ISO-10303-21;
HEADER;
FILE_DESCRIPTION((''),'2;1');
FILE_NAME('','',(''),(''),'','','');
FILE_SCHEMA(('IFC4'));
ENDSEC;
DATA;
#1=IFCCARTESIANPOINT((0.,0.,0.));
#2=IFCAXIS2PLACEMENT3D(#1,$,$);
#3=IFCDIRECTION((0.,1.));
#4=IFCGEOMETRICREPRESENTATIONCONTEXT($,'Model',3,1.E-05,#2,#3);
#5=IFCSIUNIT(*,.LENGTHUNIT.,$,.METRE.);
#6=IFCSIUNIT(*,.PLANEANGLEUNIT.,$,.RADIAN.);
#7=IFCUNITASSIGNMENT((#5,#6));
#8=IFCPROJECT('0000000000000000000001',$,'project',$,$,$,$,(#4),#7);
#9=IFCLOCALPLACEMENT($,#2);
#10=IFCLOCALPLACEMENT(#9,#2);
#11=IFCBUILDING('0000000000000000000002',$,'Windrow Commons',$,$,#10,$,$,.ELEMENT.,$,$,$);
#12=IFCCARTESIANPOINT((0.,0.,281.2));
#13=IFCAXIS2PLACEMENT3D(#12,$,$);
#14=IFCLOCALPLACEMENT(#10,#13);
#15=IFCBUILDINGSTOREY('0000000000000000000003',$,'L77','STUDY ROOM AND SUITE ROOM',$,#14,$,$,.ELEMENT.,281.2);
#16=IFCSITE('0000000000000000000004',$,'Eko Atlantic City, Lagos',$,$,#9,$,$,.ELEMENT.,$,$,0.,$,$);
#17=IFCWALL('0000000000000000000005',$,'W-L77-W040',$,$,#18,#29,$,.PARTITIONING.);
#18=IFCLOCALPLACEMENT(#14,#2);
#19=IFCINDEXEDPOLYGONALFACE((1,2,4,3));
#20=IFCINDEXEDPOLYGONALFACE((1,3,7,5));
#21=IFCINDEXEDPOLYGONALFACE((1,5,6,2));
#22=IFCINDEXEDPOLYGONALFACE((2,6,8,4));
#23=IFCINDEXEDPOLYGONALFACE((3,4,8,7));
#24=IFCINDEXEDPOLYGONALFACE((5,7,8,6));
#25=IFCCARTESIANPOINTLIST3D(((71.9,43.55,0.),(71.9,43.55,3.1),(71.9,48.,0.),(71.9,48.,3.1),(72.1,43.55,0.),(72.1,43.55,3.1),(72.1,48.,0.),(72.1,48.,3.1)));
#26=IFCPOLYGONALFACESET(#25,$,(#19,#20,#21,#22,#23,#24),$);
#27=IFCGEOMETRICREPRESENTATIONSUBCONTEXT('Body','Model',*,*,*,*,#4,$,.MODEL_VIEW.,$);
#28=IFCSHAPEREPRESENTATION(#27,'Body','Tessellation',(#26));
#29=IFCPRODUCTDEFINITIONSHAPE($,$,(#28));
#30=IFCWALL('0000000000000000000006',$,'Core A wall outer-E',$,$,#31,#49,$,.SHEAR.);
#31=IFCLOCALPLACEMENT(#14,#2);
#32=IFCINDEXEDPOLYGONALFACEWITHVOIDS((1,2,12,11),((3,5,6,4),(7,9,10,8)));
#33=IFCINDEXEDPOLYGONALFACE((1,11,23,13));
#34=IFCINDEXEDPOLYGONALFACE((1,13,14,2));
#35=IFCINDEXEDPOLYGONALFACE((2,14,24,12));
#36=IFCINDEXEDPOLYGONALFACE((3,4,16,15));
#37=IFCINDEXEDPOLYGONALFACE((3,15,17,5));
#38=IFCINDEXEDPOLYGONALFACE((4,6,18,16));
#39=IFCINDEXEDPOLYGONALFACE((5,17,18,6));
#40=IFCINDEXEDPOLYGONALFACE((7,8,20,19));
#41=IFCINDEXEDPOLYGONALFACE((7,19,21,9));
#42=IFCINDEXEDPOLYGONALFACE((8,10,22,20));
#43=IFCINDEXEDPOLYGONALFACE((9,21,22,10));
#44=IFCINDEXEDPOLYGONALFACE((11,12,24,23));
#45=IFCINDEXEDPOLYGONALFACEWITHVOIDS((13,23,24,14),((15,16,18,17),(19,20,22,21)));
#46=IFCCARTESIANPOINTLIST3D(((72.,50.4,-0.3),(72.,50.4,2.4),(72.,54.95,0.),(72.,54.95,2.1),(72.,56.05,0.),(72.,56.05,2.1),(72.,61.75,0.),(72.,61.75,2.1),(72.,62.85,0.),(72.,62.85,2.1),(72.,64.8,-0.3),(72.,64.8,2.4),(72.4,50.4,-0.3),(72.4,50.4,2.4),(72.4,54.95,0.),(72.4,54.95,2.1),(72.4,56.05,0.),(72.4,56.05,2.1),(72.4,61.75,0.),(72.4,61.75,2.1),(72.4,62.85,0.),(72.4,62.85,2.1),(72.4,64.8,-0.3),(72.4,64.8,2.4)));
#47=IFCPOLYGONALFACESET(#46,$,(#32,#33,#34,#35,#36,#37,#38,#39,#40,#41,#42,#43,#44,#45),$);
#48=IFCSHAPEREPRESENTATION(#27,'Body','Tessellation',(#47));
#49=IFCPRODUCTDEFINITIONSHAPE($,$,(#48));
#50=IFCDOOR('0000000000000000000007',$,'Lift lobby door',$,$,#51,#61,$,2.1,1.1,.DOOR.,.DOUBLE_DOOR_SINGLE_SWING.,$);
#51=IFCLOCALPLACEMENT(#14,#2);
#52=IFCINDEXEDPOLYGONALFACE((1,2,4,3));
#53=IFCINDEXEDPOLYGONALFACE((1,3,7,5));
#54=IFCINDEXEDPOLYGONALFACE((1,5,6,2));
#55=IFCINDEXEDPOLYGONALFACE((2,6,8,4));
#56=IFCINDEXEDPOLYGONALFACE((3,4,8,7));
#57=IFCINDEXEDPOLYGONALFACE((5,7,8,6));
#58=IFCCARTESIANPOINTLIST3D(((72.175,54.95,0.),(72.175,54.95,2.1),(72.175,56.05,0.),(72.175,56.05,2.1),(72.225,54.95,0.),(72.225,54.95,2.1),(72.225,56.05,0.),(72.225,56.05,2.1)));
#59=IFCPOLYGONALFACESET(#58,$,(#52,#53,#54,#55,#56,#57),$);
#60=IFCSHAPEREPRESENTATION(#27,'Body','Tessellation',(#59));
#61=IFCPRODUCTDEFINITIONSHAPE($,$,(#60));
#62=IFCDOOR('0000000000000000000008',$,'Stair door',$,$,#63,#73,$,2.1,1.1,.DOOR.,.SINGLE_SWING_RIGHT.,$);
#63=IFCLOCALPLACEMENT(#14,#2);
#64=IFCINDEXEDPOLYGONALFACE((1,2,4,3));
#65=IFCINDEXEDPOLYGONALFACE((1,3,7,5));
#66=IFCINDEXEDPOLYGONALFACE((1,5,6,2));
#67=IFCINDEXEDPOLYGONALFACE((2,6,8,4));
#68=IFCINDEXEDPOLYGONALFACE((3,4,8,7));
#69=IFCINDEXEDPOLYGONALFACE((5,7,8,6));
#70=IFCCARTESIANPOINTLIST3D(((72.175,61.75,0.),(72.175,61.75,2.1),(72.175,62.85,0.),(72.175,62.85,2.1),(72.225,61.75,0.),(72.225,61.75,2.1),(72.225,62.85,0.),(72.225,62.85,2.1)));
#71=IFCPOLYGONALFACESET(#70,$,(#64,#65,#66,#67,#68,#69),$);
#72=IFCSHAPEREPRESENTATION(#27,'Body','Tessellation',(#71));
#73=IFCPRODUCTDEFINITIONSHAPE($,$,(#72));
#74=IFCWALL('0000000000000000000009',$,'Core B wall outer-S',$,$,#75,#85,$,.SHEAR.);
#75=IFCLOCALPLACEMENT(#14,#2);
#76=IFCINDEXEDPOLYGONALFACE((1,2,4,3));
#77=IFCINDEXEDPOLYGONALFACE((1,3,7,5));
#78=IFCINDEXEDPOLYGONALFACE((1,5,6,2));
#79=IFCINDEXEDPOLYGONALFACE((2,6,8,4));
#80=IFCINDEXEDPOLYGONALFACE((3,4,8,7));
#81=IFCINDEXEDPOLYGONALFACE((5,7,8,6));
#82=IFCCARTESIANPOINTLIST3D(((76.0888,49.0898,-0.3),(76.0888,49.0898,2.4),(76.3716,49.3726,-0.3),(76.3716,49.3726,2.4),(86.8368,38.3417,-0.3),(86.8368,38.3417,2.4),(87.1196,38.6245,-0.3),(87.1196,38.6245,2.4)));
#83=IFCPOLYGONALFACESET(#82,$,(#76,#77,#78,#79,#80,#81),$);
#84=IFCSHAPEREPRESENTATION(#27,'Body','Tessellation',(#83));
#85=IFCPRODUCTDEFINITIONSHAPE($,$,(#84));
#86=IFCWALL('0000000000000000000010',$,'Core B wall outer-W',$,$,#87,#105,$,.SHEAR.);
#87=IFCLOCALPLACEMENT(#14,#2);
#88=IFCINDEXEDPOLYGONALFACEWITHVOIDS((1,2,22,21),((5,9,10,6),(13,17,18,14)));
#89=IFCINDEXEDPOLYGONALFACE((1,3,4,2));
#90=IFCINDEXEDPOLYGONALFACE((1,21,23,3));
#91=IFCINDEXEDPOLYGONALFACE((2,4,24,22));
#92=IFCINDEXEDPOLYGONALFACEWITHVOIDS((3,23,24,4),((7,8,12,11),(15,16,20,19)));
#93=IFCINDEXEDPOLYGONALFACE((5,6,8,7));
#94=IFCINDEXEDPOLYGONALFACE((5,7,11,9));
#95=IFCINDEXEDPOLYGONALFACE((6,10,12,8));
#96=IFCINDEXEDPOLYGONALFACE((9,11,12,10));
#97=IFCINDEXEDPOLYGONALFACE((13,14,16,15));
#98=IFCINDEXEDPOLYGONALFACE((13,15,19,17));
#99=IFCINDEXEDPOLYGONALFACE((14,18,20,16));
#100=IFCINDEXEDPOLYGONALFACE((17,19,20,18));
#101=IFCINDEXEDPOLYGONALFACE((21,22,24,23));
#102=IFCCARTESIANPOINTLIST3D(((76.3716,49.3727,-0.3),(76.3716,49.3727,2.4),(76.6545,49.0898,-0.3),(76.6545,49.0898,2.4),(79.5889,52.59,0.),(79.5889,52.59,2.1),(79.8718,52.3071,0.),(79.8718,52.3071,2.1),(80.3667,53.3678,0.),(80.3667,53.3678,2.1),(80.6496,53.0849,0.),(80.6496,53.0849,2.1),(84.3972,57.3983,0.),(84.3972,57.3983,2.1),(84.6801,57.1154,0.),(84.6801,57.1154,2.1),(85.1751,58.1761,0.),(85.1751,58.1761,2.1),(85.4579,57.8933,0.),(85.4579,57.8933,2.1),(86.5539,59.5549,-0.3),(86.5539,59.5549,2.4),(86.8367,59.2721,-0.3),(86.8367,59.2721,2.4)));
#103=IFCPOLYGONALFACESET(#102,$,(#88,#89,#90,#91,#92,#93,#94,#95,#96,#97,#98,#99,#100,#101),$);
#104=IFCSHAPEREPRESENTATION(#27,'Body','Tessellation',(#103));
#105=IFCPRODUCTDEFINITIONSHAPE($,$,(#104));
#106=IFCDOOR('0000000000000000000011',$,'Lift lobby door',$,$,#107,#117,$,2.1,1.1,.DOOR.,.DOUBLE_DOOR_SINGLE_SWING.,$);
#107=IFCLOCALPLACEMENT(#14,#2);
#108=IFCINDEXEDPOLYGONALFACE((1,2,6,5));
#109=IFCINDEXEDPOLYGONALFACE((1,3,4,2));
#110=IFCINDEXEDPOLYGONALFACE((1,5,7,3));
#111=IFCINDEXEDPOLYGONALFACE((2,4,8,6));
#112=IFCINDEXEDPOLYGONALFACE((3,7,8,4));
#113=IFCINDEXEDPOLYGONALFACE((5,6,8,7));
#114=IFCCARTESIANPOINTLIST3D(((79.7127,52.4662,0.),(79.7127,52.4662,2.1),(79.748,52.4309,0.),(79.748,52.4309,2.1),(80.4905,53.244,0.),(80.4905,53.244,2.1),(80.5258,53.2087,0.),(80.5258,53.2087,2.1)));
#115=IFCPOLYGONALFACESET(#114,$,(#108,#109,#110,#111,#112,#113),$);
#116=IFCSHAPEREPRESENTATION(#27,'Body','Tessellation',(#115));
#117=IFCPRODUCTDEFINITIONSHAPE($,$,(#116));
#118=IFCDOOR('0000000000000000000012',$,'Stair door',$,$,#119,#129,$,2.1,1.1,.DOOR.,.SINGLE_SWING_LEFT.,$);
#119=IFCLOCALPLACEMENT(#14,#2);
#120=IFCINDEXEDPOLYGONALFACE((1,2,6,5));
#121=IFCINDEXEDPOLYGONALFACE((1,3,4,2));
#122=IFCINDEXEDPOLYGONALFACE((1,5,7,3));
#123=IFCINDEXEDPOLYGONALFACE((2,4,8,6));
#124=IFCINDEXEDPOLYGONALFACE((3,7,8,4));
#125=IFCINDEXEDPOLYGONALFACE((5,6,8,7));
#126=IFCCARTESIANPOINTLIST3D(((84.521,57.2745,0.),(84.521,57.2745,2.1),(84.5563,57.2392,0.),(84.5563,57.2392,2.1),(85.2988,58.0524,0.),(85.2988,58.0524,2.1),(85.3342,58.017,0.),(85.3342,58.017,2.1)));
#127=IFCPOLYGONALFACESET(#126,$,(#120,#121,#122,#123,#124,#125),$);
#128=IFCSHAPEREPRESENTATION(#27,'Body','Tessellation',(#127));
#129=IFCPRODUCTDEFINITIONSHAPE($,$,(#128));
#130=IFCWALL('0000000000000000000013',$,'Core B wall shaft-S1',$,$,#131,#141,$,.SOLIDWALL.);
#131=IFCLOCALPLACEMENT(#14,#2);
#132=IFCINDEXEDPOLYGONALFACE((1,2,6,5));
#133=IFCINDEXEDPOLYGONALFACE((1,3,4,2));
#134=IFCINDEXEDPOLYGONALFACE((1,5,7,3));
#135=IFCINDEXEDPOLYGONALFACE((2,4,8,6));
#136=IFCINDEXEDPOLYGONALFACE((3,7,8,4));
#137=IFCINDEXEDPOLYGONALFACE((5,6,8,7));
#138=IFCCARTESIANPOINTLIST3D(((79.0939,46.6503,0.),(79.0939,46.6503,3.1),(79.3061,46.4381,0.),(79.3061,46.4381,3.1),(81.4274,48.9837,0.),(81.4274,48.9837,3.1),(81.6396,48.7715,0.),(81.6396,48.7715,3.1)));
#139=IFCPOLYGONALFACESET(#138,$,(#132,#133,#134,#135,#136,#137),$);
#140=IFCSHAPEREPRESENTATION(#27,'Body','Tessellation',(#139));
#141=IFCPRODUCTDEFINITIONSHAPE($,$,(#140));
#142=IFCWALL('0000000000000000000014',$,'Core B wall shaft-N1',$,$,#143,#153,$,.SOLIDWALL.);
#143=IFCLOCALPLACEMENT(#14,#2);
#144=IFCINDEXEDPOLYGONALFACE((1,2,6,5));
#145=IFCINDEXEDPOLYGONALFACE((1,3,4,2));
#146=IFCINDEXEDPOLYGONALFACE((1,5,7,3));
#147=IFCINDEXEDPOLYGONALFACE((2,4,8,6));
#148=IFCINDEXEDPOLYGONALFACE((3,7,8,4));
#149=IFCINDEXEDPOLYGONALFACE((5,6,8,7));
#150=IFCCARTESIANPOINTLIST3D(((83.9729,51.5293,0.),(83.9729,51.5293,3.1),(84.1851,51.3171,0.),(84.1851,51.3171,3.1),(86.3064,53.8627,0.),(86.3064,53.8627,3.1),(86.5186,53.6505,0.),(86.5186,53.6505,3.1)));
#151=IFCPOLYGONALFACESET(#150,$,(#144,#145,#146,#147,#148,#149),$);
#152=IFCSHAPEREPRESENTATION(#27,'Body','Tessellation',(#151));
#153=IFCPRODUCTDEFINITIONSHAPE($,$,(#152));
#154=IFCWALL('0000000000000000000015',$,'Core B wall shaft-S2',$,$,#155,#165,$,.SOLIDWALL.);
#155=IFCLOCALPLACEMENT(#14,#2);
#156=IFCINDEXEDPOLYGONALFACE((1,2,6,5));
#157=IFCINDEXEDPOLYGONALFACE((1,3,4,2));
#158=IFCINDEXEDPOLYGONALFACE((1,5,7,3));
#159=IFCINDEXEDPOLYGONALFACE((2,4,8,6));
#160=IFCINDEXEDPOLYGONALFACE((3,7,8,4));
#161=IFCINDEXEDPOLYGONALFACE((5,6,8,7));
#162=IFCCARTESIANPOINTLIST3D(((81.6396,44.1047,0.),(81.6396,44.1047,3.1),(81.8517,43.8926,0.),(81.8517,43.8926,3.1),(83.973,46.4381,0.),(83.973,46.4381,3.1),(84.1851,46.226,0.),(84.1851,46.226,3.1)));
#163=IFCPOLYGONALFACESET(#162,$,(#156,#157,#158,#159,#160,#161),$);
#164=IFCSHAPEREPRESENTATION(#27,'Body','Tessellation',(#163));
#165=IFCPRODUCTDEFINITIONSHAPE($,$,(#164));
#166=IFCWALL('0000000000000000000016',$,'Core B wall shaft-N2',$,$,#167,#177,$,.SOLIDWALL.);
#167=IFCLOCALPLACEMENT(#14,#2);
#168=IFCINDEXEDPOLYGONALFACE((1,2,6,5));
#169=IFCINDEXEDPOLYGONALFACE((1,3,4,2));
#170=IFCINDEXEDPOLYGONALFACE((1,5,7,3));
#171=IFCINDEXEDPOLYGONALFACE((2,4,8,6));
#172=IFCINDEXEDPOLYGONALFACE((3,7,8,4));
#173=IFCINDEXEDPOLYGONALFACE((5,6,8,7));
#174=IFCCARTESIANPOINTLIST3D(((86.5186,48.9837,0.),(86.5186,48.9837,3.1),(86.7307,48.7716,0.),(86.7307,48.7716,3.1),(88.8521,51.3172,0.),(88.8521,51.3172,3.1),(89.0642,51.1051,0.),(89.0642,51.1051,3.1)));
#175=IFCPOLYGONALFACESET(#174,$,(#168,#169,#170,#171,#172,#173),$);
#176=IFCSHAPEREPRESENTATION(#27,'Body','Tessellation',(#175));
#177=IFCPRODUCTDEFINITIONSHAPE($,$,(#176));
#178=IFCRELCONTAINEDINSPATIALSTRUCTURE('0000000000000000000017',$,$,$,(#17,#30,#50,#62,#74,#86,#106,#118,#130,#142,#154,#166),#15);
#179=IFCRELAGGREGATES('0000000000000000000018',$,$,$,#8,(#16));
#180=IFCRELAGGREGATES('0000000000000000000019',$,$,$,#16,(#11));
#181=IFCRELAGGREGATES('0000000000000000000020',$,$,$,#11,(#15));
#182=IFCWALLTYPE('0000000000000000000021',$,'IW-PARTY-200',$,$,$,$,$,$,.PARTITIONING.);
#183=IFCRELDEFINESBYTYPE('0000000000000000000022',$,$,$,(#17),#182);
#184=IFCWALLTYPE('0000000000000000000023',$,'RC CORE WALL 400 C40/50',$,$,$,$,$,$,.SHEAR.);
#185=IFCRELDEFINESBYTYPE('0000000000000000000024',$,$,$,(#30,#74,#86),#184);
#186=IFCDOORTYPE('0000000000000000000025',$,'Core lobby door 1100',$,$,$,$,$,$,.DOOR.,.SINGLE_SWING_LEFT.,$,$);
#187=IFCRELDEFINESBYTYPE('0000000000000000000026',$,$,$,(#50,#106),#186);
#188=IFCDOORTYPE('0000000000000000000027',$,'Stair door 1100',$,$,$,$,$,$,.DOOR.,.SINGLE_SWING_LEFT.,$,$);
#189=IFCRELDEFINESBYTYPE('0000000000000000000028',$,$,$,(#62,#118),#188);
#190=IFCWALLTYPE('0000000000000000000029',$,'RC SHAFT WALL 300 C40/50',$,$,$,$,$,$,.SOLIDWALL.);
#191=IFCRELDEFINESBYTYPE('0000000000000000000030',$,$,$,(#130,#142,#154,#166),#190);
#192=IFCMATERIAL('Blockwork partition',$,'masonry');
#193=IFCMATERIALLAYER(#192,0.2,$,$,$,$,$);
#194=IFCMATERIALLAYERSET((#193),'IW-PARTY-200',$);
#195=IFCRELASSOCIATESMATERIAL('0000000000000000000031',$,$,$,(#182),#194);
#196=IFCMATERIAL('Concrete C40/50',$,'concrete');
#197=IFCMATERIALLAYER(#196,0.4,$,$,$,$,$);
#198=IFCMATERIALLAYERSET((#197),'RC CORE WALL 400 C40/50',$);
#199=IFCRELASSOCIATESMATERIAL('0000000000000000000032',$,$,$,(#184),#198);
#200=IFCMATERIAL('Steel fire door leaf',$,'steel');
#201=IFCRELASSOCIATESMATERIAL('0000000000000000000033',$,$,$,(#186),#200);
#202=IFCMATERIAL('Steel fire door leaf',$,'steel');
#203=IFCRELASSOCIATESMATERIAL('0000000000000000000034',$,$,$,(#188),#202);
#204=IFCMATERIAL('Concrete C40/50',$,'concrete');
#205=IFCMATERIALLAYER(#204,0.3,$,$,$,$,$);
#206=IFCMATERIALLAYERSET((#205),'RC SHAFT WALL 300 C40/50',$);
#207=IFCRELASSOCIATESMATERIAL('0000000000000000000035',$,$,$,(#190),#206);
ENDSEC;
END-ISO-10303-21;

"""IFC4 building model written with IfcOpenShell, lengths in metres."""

from ifc_helpers import new_model, si_unit, direction, frame, frame_2d, origin, place, context, subcontext, project, spatial, rectangle, extrude, material, layer, layer_set, type_object, element, fill, save


model = new_model("IFC4")

# Units and contexts
model_context = context("Model", 3, precision=1e-05, world=origin(), true_north=direction((0.0, 1.0)))
body_context = subcontext(model_context, "Body", "Model", "MODEL_VIEW")
ifc_project = project(units=[si_unit("LENGTHUNIT", "METRE"), si_unit("PLANEANGLEUNIT", "RADIAN")], contexts=[model_context])

# Site, building, storey
site_placement = place(None, origin())
site = spatial("IfcSite", under=ifc_project, at=site_placement, Name="Eko Atlantic City, Lagos", CompositionType="ELEMENT", RefElevation=0.0)
building_placement = place(site_placement, origin())
building = spatial("IfcBuilding", under=site, at=building_placement, Name="Windrow Commons", CompositionType="ELEMENT")
storey_placement = place(building_placement, frame((0.0, 0.0, 281.2)))
storey = spatial("IfcBuildingStorey", under=building, at=storey_placement, Name="L77", Description="STUDY ROOM AND SUITE ROOM", CompositionType="ELEMENT", Elevation=281.2)

# Wall
ifc_material_1 = material(Name="Blockwork partition", Category="masonry")
ifc_layer_1 = layer(ifc_material_1, 0.2)
ifc_layer_set_1 = layer_set([ifc_layer_1], Name="IW-PARTY-200")
wall_type_1 = type_object("IfcWallType", Name="IW-PARTY-200", PredefinedType="PARTITIONING", material=ifc_layer_set_1)
wall_1_placement = place(storey_placement, frame((72.0, 43.55, 0.0), z_axis=(0.0, 0.0, 1.0), x_axis=(0.0, 1.0, 0.0)))
element("IfcWall", 1, at=wall_1_placement, inside=storey, type_object=wall_type_1, Name="W-L77-W040", PredefinedType="PARTITIONING", context=body_context, shape_type="SweptSolid", body=[
    extrude(rectangle(XDim=4.45, YDim=0.2, at=frame_2d((2.225, 0.0))), origin(), (0.0, 0.0, 1.0), 3.1),
])

# Wall, openings, doors
ifc_material_2 = material(Name="Concrete C40/50", Category="concrete")
ifc_layer_2 = layer(ifc_material_2, 0.4)
ifc_layer_set_2 = layer_set([ifc_layer_2], Name="RC CORE WALL 400 C40/50")
wall_type_2 = type_object("IfcWallType", Name="RC CORE WALL 400 C40/50", PredefinedType="SHEAR", material=ifc_layer_set_2)
wall_2_placement = place(storey_placement, frame((72.2, 50.4, -0.3), z_axis=(0.0, 0.0, 1.0), x_axis=(0.0, 1.0, 0.0)))
wall_2 = element("IfcWall", 2, at=wall_2_placement, inside=storey, type_object=wall_type_2, Name="Core A wall outer-E", PredefinedType="SHEAR", context=body_context, shape_type="SweptSolid", body=[
    extrude(rectangle(XDim=14.4, YDim=0.4, at=frame_2d((7.2, 0.0))), origin(), (0.0, 0.0, 1.0), 2.7),
])
opening_1_placement = place(wall_2_placement, frame((4.55, 0.0, 0.3)))
opening_1 = element("IfcOpeningElement", 3, at=opening_1_placement, cuts=wall_2, PredefinedType="OPENING", context=body_context, shape_type="SweptSolid", body=[
    extrude(rectangle(XDim=1.1, YDim=2.1, at=frame_2d((0.55, 1.05))), frame((0.0, 0.21, 0.0), z_axis=(0.0, -1.0, 0.0), x_axis=(1.0, 0.0, 0.0)), (0.0, 0.0, 1.0), 0.42),
])
opening_2_placement = place(wall_2_placement, frame((11.35, 0.0, 0.3)))
opening_2 = element("IfcOpeningElement", 4, at=opening_2_placement, cuts=wall_2, PredefinedType="OPENING", context=body_context, shape_type="SweptSolid", body=[
    extrude(rectangle(XDim=1.1, YDim=2.1, at=frame_2d((0.55, 1.05))), frame((0.0, 0.21, 0.0), z_axis=(0.0, -1.0, 0.0), x_axis=(1.0, 0.0, 0.0)), (0.0, 0.0, 1.0), 0.42),
])
ifc_material_3 = material(Name="Steel fire door leaf", Category="steel")
door_type_1 = type_object("IfcDoorType", Name="Core lobby door 1100", OperationType="SINGLE_SWING_LEFT", PredefinedType="DOOR", material=ifc_material_3)
door_1_placement = place(opening_1_placement, origin())
door_1 = element("IfcDoor", 5, at=door_1_placement, inside=storey, type_object=door_type_1, Name="Lift lobby door", OperationType="DOUBLE_DOOR_SINGLE_SWING", OverallHeight=2.1, OverallWidth=1.1, PredefinedType="DOOR", context=body_context, shape_type="SweptSolid", body=[
    extrude(rectangle(XDim=1.1, YDim=2.1, at=frame_2d((0.55, 1.05))), frame((0.0, 0.025, 0.0), z_axis=(0.0, -1.0, 0.0), x_axis=(1.0, 0.0, 0.0)), (0.0, 0.0, 1.0), 0.05),
])
fill(opening_1, door_1)
ifc_material_4 = material(Name="Steel fire door leaf", Category="steel")
door_type_2 = type_object("IfcDoorType", Name="Stair door 1100", OperationType="SINGLE_SWING_LEFT", PredefinedType="DOOR", material=ifc_material_4)
door_2_placement = place(opening_2_placement, origin())
door_2 = element("IfcDoor", 6, at=door_2_placement, inside=storey, type_object=door_type_2, Name="Stair door", OperationType="SINGLE_SWING_RIGHT", OverallHeight=2.1, OverallWidth=1.1, PredefinedType="DOOR", context=body_context, shape_type="SweptSolid", body=[
    extrude(rectangle(XDim=1.1, YDim=2.1, at=frame_2d((0.55, 1.05))), frame((0.0, 0.025, 0.0), z_axis=(0.0, -1.0, 0.0), x_axis=(1.0, 0.0, 0.0)), (0.0, 0.0, 1.0), 0.05),
])
fill(opening_2, door_2)

# Wall
wall_3_placement = place(storey_placement, frame((76.2302, 49.2312, -0.3), z_axis=(0.0, 0.0, 1.0), x_axis=(0.707103, -0.70711, 0.0)))
element("IfcWall", 7, at=wall_3_placement, inside=storey, type_object=wall_type_2, Name="Core B wall outer-S", PredefinedType="SHEAR", context=body_context, shape_type="SweptSolid", body=[
    extrude(rectangle(XDim=15.2, YDim=0.4, at=frame_2d((7.6, 0.0))), origin(), (0.0, 0.0, 1.0), 2.7),
])

# Wall, openings, doors
wall_4_placement = place(storey_placement, frame((76.513, 49.2312, -0.3), z_axis=(0.0, 0.0, 1.0), x_axis=(0.707107, 0.707107, 0.0)))
wall_4 = element("IfcWall", 8, at=wall_4_placement, inside=storey, type_object=wall_type_2, Name="Core B wall outer-W", PredefinedType="SHEAR", context=body_context, shape_type="SweptSolid", body=[
    extrude(rectangle(XDim=14.3999, YDim=0.4, at=frame_2d((7.2, 0.0))), origin(), (0.0, 0.0, 1.0), 2.7),
])
opening_3_placement = place(wall_4_placement, frame((4.55, 0.0, 0.3)))
opening_3 = element("IfcOpeningElement", 9, at=opening_3_placement, cuts=wall_4, PredefinedType="OPENING", context=body_context, shape_type="SweptSolid", body=[
    extrude(rectangle(XDim=1.1, YDim=2.1, at=frame_2d((0.55, 1.05))), frame((0.0, 0.21, 0.0), z_axis=(0.0, -1.0, 0.0), x_axis=(1.0, 0.0, 0.0)), (0.0, 0.0, 1.0), 0.42),
])
opening_4_placement = place(wall_4_placement, frame((11.35, 0.0, 0.3)))
opening_4 = element("IfcOpeningElement", 10, at=opening_4_placement, cuts=wall_4, PredefinedType="OPENING", context=body_context, shape_type="SweptSolid", body=[
    extrude(rectangle(XDim=1.1, YDim=2.1, at=frame_2d((0.55, 1.05))), frame((0.0, 0.21, 0.0), z_axis=(0.0, -1.0, 0.0), x_axis=(1.0, 0.0, 0.0)), (0.0, 0.0, 1.0), 0.42),
])
door_3_placement = place(opening_3_placement, origin())
door_3 = element("IfcDoor", 11, at=door_3_placement, inside=storey, type_object=door_type_1, Name="Lift lobby door", OperationType="DOUBLE_DOOR_SINGLE_SWING", OverallHeight=2.1, OverallWidth=1.1, PredefinedType="DOOR", context=body_context, shape_type="SweptSolid", body=[
    extrude(rectangle(XDim=1.1, YDim=2.1, at=frame_2d((0.55, 1.05))), frame((0.0, 0.025, 0.0), z_axis=(0.0, -1.0, 0.0), x_axis=(1.0, 0.0, 0.0)), (0.0, 0.0, 1.0), 0.05),
])
fill(opening_3, door_3)
door_4_placement = place(opening_4_placement, origin())
door_4 = element("IfcDoor", 12, at=door_4_placement, inside=storey, type_object=door_type_2, Name="Stair door", OperationType="SINGLE_SWING_LEFT", OverallHeight=2.1, OverallWidth=1.1, PredefinedType="DOOR", context=body_context, shape_type="SweptSolid", body=[
    extrude(rectangle(XDim=1.1, YDim=2.1, at=frame_2d((0.55, 1.05))), frame((0.0, 0.025, 0.0), z_axis=(0.0, -1.0, 0.0), x_axis=(1.0, 0.0, 0.0)), (0.0, 0.0, 1.0), 0.05),
])
fill(opening_4, door_4)

# Walls
ifc_material_5 = material(Name="Concrete C40/50", Category="concrete")
ifc_layer_3 = layer(ifc_material_5, 0.3)
ifc_layer_set_3 = layer_set([ifc_layer_3], Name="RC SHAFT WALL 300 C40/50")
wall_type_3 = type_object("IfcWallType", Name="RC SHAFT WALL 300 C40/50", PredefinedType="SOLIDWALL", material=ifc_layer_set_3)
for number, where, z_axis, x_axis, name in (
    (13, (79.2, 46.5442, 0.0), (0.0, 0.0, 1.0), (0.707122, 0.707092, 0.0), "Core B wall shaft-S1"),
    (14, (84.079, 51.4232, 0.0), (0.0, 0.0, 1.0), (0.707122, 0.707092, 0.0), "Core B wall shaft-N1"),
):
    element("IfcWall", number, at=place(storey_placement, frame(where, z_axis=z_axis, x_axis=x_axis)), inside=storey, type_object=wall_type_3, Name=name, PredefinedType="SOLIDWALL", context=body_context, shape_type="SweptSolid", body=[
        extrude(rectangle(XDim=3.3, YDim=0.3, at=frame_2d((1.65, 0.0))), origin(), (0.0, 0.0, 1.0), 3.1),
    ])
wall_5_placement = place(storey_placement, frame((81.7456, 43.9986, 0.0), z_axis=(0.0, 0.0, 1.0), x_axis=(0.707107, 0.707107, 0.0)))
element("IfcWall", 15, at=wall_5_placement, inside=storey, type_object=wall_type_3, Name="Core B wall shaft-S2", PredefinedType="SOLIDWALL", context=body_context, shape_type="SweptSolid", body=[
    extrude(rectangle(XDim=3.2999, YDim=0.3, at=frame_2d((1.65, 0.0))), origin(), (0.0, 0.0, 1.0), 3.1),
])
wall_6_placement = place(storey_placement, frame((86.6246, 48.8776, 0.0), z_axis=(0.0, 0.0, 1.0), x_axis=(0.707107, 0.707107, 0.0)))
element("IfcWall", 16, at=wall_6_placement, inside=storey, type_object=wall_type_3, Name="Core B wall shaft-N2", PredefinedType="SOLIDWALL", context=body_context, shape_type="SweptSolid", body=[
    extrude(rectangle(XDim=3.3001, YDim=0.3, at=frame_2d((1.6501, 0.0))), origin(), (0.0, 0.0, 1.0), 3.1),
])

save(model, "model.ifc")
